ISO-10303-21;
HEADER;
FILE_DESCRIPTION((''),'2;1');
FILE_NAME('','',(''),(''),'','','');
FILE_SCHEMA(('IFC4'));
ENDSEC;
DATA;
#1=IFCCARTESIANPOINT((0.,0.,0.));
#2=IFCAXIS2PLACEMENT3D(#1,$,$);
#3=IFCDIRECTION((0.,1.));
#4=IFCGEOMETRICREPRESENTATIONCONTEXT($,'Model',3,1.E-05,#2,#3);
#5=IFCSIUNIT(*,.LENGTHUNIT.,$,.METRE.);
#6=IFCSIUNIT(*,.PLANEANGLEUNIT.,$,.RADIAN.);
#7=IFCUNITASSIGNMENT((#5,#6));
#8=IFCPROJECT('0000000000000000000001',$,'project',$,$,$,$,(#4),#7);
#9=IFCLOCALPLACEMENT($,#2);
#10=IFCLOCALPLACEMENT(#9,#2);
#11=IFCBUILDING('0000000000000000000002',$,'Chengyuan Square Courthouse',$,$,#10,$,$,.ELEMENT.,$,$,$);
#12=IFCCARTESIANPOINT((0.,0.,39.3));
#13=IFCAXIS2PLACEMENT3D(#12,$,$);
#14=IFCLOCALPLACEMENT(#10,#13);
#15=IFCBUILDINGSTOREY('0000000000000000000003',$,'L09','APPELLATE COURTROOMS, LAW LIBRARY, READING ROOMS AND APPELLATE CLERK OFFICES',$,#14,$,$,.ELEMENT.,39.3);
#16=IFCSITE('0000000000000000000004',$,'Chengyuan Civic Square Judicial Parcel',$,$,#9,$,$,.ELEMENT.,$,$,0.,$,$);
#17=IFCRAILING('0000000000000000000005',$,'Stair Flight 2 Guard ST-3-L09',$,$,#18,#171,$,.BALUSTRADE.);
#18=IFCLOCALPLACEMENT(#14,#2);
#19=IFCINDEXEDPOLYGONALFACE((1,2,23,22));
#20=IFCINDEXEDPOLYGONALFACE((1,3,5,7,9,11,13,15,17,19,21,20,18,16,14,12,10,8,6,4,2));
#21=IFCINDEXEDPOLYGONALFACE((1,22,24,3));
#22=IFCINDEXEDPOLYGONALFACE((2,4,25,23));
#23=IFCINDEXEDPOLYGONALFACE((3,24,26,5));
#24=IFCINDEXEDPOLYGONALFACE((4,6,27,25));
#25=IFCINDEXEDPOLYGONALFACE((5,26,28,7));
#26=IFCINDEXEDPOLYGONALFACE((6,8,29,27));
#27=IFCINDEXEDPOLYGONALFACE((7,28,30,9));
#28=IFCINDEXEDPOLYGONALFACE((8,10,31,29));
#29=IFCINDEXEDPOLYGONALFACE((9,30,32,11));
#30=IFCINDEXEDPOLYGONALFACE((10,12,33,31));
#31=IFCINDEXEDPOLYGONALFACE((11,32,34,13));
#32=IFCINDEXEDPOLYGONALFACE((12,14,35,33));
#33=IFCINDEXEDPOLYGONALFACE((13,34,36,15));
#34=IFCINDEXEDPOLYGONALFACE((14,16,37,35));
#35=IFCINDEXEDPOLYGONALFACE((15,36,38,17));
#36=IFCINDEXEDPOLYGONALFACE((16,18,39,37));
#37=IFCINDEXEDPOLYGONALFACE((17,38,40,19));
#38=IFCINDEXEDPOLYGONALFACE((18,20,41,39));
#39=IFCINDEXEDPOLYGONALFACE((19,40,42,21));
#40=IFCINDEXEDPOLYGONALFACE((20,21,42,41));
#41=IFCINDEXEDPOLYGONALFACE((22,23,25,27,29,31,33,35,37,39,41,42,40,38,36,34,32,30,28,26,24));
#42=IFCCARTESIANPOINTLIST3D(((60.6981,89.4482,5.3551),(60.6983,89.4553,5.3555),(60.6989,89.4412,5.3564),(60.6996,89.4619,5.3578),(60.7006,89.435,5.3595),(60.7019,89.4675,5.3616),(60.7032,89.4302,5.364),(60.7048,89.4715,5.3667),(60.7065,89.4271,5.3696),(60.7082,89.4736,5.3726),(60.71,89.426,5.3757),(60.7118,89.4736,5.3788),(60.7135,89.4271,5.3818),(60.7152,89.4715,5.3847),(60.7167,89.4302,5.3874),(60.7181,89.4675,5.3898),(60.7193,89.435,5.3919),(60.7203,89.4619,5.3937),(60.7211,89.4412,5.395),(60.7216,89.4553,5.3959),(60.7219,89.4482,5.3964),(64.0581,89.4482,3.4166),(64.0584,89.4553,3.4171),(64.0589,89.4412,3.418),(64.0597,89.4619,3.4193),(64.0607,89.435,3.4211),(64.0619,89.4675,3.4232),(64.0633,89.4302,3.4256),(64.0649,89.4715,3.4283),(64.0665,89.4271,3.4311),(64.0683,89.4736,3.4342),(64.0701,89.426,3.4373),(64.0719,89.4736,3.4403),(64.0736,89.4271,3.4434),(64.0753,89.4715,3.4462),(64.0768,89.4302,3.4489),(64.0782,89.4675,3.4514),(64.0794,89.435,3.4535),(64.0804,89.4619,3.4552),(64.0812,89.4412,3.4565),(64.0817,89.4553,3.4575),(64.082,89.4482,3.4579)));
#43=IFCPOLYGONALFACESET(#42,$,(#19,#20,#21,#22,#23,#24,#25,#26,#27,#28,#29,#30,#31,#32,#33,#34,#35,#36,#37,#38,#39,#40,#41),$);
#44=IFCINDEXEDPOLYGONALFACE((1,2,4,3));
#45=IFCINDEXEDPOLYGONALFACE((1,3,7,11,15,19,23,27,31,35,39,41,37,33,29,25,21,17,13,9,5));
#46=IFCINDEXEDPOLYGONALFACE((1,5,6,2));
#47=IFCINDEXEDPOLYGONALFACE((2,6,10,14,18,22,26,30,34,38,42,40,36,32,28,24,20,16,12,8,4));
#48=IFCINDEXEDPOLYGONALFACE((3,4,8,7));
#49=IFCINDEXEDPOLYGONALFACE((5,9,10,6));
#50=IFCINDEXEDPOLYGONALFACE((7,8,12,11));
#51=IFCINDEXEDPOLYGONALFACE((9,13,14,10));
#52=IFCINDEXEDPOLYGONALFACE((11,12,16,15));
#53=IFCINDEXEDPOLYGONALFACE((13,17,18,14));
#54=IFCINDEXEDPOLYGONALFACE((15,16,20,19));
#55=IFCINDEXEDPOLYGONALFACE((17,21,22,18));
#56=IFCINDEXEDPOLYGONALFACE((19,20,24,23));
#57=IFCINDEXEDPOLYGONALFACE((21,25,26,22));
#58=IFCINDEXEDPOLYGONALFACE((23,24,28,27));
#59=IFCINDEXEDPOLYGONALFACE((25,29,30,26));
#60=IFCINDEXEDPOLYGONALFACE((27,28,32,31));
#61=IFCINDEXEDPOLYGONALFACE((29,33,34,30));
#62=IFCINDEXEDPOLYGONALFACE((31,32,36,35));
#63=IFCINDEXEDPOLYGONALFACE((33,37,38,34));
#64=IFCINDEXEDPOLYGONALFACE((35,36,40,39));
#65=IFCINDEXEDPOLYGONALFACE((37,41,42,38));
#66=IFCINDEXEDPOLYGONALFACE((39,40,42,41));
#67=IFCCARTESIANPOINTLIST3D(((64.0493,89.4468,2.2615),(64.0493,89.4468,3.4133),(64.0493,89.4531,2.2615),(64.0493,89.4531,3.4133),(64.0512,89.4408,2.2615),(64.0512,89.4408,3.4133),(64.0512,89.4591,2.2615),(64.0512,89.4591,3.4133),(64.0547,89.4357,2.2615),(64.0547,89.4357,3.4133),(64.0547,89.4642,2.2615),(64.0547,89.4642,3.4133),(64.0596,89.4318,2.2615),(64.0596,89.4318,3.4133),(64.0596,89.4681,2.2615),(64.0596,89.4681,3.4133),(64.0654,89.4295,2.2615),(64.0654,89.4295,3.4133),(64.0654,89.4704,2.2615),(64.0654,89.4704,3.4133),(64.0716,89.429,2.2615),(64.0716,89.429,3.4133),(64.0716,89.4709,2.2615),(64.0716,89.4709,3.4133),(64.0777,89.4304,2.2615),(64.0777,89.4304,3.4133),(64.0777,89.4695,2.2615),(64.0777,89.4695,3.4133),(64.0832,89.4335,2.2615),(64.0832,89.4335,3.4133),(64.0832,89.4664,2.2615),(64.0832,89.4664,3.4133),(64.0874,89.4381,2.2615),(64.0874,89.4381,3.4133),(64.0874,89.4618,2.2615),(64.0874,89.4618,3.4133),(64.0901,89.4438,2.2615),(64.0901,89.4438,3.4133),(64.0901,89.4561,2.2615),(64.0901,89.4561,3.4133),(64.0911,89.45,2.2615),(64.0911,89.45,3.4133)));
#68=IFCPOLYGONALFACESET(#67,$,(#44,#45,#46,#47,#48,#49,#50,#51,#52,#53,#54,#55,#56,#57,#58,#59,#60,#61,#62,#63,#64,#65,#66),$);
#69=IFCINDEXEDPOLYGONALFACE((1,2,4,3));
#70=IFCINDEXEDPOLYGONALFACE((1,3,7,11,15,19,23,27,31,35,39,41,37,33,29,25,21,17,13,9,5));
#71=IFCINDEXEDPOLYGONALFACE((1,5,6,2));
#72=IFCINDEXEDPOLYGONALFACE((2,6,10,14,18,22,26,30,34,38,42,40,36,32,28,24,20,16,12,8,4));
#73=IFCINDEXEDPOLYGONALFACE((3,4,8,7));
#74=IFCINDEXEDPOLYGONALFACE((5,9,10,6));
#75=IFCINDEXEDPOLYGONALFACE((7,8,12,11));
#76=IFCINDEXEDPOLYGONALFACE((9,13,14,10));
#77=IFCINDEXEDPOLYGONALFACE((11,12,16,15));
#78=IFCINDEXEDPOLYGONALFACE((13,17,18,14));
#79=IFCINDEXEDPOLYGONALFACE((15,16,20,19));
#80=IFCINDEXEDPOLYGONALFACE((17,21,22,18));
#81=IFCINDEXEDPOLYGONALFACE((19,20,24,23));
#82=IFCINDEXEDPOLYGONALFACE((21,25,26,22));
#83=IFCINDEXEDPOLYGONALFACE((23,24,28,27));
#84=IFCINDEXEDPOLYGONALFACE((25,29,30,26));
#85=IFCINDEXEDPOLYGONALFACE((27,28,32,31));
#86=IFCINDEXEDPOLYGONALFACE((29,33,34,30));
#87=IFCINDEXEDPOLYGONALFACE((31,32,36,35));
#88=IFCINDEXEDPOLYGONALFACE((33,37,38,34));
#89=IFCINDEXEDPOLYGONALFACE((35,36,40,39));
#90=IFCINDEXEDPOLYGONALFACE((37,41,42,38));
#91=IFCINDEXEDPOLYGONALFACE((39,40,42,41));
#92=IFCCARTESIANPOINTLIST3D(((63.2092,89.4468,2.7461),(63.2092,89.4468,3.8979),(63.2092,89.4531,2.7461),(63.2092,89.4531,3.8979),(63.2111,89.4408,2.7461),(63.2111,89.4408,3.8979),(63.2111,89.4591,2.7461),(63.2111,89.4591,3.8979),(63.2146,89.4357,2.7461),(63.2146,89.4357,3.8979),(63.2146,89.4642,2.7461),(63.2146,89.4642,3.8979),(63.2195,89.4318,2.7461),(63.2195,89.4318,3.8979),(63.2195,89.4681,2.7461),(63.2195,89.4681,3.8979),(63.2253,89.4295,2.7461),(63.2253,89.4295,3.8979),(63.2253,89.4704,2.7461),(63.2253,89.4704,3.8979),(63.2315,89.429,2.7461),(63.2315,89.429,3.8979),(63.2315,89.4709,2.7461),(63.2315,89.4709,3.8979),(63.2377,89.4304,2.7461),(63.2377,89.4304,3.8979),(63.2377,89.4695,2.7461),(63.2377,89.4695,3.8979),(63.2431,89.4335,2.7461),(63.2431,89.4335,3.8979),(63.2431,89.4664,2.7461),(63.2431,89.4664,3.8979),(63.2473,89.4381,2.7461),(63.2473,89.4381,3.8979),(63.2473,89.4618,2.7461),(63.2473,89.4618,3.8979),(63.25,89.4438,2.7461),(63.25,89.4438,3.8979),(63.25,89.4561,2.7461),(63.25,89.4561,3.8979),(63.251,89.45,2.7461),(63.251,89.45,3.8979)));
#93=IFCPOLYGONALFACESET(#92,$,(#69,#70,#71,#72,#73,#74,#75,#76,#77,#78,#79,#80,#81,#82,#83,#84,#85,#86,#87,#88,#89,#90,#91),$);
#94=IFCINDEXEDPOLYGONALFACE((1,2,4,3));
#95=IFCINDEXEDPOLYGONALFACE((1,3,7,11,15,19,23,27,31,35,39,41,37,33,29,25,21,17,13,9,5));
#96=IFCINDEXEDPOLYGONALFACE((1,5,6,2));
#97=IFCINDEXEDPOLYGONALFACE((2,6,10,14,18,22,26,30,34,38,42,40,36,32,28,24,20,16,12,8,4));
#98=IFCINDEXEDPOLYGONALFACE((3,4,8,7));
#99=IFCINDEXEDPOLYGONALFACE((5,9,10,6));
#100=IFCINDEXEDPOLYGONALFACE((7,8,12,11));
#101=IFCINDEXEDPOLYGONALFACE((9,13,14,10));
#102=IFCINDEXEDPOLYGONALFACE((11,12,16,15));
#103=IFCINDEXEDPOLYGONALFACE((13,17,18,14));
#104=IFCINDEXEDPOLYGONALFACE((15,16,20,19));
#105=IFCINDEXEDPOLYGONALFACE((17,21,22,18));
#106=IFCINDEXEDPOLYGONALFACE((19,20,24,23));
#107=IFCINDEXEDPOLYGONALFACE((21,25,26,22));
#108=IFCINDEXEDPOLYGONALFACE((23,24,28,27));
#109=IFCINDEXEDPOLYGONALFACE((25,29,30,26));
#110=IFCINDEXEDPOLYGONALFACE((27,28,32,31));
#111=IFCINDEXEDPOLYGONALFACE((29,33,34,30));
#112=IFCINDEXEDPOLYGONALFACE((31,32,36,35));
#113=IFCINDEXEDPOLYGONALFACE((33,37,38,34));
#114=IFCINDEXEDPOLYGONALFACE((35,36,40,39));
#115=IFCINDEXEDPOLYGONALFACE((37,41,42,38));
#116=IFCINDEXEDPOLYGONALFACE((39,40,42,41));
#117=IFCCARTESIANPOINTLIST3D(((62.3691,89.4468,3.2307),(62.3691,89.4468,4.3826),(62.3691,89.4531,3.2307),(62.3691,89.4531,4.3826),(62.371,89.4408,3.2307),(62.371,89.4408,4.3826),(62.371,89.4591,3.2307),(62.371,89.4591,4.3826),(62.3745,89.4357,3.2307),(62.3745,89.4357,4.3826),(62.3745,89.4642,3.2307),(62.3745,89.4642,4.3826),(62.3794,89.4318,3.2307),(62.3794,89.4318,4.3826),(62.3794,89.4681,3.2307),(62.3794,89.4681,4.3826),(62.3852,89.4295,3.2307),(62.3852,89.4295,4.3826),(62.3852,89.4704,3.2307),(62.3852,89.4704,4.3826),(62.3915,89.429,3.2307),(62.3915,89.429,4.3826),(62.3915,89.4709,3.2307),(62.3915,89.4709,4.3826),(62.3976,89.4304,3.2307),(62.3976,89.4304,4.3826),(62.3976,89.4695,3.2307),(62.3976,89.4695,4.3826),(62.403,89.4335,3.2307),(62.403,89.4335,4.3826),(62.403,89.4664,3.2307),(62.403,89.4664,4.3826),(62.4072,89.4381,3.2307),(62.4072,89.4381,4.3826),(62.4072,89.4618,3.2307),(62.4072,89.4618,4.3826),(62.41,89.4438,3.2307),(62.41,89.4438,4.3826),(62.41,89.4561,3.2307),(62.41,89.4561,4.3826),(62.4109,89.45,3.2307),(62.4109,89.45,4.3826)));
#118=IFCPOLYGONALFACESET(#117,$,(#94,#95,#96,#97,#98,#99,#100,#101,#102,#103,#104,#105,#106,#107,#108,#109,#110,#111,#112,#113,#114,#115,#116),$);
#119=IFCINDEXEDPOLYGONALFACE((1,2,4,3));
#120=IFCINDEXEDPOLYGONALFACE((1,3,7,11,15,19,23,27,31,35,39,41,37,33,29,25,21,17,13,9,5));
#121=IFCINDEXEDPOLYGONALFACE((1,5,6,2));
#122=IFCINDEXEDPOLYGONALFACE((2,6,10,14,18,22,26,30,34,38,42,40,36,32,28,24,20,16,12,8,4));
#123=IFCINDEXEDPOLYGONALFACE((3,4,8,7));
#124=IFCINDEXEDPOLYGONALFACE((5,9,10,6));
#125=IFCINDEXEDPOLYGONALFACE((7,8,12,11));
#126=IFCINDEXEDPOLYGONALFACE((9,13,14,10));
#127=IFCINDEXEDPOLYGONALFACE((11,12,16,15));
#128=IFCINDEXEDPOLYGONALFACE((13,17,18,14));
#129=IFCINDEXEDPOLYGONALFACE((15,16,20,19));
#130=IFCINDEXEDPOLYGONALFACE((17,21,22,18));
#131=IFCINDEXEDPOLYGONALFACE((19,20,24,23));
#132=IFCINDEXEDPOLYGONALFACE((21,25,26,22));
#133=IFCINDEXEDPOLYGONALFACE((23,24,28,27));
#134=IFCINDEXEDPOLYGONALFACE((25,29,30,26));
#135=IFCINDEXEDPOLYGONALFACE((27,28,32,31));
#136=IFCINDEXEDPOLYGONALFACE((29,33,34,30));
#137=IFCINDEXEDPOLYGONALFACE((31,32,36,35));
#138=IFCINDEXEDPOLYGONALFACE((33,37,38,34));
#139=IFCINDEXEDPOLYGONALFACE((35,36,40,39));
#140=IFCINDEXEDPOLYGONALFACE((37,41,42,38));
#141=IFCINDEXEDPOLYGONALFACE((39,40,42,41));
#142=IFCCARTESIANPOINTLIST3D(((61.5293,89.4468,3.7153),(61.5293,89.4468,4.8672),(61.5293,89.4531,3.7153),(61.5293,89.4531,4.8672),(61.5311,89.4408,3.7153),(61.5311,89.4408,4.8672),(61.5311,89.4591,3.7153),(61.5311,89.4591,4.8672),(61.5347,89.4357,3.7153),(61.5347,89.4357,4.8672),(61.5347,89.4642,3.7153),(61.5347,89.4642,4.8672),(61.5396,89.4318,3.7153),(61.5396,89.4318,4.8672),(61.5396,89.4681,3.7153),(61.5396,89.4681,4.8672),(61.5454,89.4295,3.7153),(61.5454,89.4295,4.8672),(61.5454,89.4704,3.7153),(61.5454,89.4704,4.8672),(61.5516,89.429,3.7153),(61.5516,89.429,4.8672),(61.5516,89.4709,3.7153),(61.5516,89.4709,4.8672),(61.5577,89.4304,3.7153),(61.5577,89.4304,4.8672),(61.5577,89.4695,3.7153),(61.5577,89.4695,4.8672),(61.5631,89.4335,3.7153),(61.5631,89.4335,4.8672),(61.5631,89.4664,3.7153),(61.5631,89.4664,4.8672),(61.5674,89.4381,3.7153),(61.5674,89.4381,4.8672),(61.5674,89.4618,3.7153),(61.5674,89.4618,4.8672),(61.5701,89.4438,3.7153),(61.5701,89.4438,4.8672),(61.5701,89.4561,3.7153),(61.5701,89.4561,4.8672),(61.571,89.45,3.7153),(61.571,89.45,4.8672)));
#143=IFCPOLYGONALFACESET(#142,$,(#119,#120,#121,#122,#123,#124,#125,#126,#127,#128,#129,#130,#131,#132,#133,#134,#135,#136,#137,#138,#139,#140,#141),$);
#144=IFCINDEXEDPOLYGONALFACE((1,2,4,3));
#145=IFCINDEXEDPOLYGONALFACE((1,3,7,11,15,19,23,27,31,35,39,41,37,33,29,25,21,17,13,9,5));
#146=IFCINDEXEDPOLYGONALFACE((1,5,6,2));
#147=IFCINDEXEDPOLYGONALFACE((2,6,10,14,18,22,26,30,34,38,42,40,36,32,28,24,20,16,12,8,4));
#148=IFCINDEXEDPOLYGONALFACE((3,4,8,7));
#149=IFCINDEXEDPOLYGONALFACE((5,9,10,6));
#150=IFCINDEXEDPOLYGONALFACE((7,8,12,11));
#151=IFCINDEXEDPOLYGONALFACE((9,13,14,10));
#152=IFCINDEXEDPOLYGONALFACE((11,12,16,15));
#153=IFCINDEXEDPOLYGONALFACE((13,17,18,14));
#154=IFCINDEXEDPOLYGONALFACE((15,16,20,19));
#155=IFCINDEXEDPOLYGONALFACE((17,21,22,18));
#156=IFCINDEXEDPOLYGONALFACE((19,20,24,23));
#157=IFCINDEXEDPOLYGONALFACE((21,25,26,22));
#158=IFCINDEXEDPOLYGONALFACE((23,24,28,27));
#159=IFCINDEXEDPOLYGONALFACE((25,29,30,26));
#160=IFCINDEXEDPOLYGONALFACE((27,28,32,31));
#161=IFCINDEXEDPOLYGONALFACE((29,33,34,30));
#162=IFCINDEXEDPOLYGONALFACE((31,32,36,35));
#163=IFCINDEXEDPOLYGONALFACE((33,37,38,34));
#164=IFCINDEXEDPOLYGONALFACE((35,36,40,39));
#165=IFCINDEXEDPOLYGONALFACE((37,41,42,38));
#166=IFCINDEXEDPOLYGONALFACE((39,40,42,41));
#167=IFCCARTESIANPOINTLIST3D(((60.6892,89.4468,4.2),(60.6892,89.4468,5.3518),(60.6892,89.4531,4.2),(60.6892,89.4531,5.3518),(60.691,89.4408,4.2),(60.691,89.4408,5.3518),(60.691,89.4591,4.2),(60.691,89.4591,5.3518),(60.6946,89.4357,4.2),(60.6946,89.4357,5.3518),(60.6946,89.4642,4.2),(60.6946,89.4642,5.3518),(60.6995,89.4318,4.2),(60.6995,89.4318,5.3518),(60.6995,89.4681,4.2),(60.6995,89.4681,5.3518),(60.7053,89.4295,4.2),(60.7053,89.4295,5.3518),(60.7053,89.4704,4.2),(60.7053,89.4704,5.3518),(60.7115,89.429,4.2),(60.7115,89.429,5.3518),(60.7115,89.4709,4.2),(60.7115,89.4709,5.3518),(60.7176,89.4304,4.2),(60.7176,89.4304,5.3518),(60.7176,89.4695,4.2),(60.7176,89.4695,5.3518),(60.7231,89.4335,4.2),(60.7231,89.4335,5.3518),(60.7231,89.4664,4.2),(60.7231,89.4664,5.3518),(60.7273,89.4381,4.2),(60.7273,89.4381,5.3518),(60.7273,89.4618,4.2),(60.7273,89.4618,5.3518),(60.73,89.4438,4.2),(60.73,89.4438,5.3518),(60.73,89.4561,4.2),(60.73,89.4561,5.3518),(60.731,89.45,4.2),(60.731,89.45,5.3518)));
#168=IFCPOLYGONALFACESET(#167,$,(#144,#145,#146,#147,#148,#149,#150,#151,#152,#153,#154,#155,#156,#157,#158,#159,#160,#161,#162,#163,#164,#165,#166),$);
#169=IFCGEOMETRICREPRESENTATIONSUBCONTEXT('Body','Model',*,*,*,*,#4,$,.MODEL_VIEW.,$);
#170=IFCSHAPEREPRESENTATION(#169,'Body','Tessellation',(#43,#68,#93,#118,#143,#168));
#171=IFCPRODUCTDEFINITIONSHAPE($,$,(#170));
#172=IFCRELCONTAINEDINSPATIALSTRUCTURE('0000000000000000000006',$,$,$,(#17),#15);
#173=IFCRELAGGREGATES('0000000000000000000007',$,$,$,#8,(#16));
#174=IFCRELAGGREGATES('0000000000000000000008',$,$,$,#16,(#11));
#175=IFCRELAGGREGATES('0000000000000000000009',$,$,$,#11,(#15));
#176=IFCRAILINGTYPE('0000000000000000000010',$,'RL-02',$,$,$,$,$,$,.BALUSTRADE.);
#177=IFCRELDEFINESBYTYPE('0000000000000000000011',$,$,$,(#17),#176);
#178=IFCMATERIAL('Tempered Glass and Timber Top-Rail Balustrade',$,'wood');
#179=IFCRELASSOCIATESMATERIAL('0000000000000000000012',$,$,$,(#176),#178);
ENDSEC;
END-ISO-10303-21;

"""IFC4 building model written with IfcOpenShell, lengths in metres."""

from ifc_helpers import new_model, si_unit, direction, frame, origin, origin_2d, place, context, subcontext, project, spatial, circle, extrude, material, type_object, element, save


model = new_model("IFC4")

# Units and contexts
model_context = context("Model", 3, precision=1e-05, world=origin(), true_north=direction((0.0, 1.0)))
body_context = subcontext(model_context, "Body", "Model", "MODEL_VIEW")
ifc_project = project(units=[si_unit("LENGTHUNIT", "METRE"), si_unit("PLANEANGLEUNIT", "RADIAN")], contexts=[model_context])

# Site, building, storey
site_placement = place(None, origin())
site = spatial("IfcSite", under=ifc_project, at=site_placement, Name="Chengyuan Civic Square Judicial Parcel", CompositionType="ELEMENT", RefElevation=0.0)
building_placement = place(site_placement, origin())
building = spatial("IfcBuilding", under=site, at=building_placement, Name="Chengyuan Square Courthouse", CompositionType="ELEMENT")
storey_placement = place(building_placement, frame((0.0, 0.0, 39.3)))
storey = spatial("IfcBuildingStorey", under=building, at=storey_placement, Name="L09", Description="APPELLATE COURTROOMS, LAW LIBRARY, READING ROOMS AND APPELLATE CLERK OFFICES", CompositionType="ELEMENT", Elevation=39.3)

# Railing
ifc_material_1 = material(Name="Tempered Glass and Timber Top-Rail Balustrade", Category="wood")
railing_type_1 = type_object("IfcRailingType", Name="RL-02", PredefinedType="BALUSTRADE", material=ifc_material_1)
railing_1_placement = place(storey_placement, frame((64.0701, 89.45, 2.2615)))
element("IfcRailing", 1, at=railing_1_placement, inside=storey, type_object=railing_type_1, Name="Stair Flight 2 Guard ST-3-L09", PredefinedType="BALUSTRADE", context=body_context, shape_type="SweptSolid", body=[
    extrude(circle(Radius=0.0239, at=origin_2d()), frame((0.0, 0.0, 1.1758), z_axis=(-0.866191, 0.0, 0.499713), x_axis=(0.0, -1.0, 0.0)), (0.0, 0.0, 1.0), 3.8792),
    extrude(circle(Radius=0.021, at=origin_2d()), origin(), (0.0, 0.0, 1.0), 1.1519),
    extrude(circle(Radius=0.021, at=origin_2d()), frame((-0.8401, 0.0, 0.4846)), (0.0, 0.0, 1.0), 1.1519),
    extrude(circle(Radius=0.021, at=origin_2d()), frame((-1.6802, 0.0, 0.9692)), (0.0, 0.0, 1.0), 1.1519),
    extrude(circle(Radius=0.021, at=origin_2d()), frame((-2.52, 0.0, 1.4539)), (0.0, 0.0, 1.0), 1.1519),
    extrude(circle(Radius=0.021, at=origin_2d()), frame((-3.3601, 0.0, 1.9385)), (0.0, 0.0, 1.0), 1.1519),
])

save(model, "model.ifc")
